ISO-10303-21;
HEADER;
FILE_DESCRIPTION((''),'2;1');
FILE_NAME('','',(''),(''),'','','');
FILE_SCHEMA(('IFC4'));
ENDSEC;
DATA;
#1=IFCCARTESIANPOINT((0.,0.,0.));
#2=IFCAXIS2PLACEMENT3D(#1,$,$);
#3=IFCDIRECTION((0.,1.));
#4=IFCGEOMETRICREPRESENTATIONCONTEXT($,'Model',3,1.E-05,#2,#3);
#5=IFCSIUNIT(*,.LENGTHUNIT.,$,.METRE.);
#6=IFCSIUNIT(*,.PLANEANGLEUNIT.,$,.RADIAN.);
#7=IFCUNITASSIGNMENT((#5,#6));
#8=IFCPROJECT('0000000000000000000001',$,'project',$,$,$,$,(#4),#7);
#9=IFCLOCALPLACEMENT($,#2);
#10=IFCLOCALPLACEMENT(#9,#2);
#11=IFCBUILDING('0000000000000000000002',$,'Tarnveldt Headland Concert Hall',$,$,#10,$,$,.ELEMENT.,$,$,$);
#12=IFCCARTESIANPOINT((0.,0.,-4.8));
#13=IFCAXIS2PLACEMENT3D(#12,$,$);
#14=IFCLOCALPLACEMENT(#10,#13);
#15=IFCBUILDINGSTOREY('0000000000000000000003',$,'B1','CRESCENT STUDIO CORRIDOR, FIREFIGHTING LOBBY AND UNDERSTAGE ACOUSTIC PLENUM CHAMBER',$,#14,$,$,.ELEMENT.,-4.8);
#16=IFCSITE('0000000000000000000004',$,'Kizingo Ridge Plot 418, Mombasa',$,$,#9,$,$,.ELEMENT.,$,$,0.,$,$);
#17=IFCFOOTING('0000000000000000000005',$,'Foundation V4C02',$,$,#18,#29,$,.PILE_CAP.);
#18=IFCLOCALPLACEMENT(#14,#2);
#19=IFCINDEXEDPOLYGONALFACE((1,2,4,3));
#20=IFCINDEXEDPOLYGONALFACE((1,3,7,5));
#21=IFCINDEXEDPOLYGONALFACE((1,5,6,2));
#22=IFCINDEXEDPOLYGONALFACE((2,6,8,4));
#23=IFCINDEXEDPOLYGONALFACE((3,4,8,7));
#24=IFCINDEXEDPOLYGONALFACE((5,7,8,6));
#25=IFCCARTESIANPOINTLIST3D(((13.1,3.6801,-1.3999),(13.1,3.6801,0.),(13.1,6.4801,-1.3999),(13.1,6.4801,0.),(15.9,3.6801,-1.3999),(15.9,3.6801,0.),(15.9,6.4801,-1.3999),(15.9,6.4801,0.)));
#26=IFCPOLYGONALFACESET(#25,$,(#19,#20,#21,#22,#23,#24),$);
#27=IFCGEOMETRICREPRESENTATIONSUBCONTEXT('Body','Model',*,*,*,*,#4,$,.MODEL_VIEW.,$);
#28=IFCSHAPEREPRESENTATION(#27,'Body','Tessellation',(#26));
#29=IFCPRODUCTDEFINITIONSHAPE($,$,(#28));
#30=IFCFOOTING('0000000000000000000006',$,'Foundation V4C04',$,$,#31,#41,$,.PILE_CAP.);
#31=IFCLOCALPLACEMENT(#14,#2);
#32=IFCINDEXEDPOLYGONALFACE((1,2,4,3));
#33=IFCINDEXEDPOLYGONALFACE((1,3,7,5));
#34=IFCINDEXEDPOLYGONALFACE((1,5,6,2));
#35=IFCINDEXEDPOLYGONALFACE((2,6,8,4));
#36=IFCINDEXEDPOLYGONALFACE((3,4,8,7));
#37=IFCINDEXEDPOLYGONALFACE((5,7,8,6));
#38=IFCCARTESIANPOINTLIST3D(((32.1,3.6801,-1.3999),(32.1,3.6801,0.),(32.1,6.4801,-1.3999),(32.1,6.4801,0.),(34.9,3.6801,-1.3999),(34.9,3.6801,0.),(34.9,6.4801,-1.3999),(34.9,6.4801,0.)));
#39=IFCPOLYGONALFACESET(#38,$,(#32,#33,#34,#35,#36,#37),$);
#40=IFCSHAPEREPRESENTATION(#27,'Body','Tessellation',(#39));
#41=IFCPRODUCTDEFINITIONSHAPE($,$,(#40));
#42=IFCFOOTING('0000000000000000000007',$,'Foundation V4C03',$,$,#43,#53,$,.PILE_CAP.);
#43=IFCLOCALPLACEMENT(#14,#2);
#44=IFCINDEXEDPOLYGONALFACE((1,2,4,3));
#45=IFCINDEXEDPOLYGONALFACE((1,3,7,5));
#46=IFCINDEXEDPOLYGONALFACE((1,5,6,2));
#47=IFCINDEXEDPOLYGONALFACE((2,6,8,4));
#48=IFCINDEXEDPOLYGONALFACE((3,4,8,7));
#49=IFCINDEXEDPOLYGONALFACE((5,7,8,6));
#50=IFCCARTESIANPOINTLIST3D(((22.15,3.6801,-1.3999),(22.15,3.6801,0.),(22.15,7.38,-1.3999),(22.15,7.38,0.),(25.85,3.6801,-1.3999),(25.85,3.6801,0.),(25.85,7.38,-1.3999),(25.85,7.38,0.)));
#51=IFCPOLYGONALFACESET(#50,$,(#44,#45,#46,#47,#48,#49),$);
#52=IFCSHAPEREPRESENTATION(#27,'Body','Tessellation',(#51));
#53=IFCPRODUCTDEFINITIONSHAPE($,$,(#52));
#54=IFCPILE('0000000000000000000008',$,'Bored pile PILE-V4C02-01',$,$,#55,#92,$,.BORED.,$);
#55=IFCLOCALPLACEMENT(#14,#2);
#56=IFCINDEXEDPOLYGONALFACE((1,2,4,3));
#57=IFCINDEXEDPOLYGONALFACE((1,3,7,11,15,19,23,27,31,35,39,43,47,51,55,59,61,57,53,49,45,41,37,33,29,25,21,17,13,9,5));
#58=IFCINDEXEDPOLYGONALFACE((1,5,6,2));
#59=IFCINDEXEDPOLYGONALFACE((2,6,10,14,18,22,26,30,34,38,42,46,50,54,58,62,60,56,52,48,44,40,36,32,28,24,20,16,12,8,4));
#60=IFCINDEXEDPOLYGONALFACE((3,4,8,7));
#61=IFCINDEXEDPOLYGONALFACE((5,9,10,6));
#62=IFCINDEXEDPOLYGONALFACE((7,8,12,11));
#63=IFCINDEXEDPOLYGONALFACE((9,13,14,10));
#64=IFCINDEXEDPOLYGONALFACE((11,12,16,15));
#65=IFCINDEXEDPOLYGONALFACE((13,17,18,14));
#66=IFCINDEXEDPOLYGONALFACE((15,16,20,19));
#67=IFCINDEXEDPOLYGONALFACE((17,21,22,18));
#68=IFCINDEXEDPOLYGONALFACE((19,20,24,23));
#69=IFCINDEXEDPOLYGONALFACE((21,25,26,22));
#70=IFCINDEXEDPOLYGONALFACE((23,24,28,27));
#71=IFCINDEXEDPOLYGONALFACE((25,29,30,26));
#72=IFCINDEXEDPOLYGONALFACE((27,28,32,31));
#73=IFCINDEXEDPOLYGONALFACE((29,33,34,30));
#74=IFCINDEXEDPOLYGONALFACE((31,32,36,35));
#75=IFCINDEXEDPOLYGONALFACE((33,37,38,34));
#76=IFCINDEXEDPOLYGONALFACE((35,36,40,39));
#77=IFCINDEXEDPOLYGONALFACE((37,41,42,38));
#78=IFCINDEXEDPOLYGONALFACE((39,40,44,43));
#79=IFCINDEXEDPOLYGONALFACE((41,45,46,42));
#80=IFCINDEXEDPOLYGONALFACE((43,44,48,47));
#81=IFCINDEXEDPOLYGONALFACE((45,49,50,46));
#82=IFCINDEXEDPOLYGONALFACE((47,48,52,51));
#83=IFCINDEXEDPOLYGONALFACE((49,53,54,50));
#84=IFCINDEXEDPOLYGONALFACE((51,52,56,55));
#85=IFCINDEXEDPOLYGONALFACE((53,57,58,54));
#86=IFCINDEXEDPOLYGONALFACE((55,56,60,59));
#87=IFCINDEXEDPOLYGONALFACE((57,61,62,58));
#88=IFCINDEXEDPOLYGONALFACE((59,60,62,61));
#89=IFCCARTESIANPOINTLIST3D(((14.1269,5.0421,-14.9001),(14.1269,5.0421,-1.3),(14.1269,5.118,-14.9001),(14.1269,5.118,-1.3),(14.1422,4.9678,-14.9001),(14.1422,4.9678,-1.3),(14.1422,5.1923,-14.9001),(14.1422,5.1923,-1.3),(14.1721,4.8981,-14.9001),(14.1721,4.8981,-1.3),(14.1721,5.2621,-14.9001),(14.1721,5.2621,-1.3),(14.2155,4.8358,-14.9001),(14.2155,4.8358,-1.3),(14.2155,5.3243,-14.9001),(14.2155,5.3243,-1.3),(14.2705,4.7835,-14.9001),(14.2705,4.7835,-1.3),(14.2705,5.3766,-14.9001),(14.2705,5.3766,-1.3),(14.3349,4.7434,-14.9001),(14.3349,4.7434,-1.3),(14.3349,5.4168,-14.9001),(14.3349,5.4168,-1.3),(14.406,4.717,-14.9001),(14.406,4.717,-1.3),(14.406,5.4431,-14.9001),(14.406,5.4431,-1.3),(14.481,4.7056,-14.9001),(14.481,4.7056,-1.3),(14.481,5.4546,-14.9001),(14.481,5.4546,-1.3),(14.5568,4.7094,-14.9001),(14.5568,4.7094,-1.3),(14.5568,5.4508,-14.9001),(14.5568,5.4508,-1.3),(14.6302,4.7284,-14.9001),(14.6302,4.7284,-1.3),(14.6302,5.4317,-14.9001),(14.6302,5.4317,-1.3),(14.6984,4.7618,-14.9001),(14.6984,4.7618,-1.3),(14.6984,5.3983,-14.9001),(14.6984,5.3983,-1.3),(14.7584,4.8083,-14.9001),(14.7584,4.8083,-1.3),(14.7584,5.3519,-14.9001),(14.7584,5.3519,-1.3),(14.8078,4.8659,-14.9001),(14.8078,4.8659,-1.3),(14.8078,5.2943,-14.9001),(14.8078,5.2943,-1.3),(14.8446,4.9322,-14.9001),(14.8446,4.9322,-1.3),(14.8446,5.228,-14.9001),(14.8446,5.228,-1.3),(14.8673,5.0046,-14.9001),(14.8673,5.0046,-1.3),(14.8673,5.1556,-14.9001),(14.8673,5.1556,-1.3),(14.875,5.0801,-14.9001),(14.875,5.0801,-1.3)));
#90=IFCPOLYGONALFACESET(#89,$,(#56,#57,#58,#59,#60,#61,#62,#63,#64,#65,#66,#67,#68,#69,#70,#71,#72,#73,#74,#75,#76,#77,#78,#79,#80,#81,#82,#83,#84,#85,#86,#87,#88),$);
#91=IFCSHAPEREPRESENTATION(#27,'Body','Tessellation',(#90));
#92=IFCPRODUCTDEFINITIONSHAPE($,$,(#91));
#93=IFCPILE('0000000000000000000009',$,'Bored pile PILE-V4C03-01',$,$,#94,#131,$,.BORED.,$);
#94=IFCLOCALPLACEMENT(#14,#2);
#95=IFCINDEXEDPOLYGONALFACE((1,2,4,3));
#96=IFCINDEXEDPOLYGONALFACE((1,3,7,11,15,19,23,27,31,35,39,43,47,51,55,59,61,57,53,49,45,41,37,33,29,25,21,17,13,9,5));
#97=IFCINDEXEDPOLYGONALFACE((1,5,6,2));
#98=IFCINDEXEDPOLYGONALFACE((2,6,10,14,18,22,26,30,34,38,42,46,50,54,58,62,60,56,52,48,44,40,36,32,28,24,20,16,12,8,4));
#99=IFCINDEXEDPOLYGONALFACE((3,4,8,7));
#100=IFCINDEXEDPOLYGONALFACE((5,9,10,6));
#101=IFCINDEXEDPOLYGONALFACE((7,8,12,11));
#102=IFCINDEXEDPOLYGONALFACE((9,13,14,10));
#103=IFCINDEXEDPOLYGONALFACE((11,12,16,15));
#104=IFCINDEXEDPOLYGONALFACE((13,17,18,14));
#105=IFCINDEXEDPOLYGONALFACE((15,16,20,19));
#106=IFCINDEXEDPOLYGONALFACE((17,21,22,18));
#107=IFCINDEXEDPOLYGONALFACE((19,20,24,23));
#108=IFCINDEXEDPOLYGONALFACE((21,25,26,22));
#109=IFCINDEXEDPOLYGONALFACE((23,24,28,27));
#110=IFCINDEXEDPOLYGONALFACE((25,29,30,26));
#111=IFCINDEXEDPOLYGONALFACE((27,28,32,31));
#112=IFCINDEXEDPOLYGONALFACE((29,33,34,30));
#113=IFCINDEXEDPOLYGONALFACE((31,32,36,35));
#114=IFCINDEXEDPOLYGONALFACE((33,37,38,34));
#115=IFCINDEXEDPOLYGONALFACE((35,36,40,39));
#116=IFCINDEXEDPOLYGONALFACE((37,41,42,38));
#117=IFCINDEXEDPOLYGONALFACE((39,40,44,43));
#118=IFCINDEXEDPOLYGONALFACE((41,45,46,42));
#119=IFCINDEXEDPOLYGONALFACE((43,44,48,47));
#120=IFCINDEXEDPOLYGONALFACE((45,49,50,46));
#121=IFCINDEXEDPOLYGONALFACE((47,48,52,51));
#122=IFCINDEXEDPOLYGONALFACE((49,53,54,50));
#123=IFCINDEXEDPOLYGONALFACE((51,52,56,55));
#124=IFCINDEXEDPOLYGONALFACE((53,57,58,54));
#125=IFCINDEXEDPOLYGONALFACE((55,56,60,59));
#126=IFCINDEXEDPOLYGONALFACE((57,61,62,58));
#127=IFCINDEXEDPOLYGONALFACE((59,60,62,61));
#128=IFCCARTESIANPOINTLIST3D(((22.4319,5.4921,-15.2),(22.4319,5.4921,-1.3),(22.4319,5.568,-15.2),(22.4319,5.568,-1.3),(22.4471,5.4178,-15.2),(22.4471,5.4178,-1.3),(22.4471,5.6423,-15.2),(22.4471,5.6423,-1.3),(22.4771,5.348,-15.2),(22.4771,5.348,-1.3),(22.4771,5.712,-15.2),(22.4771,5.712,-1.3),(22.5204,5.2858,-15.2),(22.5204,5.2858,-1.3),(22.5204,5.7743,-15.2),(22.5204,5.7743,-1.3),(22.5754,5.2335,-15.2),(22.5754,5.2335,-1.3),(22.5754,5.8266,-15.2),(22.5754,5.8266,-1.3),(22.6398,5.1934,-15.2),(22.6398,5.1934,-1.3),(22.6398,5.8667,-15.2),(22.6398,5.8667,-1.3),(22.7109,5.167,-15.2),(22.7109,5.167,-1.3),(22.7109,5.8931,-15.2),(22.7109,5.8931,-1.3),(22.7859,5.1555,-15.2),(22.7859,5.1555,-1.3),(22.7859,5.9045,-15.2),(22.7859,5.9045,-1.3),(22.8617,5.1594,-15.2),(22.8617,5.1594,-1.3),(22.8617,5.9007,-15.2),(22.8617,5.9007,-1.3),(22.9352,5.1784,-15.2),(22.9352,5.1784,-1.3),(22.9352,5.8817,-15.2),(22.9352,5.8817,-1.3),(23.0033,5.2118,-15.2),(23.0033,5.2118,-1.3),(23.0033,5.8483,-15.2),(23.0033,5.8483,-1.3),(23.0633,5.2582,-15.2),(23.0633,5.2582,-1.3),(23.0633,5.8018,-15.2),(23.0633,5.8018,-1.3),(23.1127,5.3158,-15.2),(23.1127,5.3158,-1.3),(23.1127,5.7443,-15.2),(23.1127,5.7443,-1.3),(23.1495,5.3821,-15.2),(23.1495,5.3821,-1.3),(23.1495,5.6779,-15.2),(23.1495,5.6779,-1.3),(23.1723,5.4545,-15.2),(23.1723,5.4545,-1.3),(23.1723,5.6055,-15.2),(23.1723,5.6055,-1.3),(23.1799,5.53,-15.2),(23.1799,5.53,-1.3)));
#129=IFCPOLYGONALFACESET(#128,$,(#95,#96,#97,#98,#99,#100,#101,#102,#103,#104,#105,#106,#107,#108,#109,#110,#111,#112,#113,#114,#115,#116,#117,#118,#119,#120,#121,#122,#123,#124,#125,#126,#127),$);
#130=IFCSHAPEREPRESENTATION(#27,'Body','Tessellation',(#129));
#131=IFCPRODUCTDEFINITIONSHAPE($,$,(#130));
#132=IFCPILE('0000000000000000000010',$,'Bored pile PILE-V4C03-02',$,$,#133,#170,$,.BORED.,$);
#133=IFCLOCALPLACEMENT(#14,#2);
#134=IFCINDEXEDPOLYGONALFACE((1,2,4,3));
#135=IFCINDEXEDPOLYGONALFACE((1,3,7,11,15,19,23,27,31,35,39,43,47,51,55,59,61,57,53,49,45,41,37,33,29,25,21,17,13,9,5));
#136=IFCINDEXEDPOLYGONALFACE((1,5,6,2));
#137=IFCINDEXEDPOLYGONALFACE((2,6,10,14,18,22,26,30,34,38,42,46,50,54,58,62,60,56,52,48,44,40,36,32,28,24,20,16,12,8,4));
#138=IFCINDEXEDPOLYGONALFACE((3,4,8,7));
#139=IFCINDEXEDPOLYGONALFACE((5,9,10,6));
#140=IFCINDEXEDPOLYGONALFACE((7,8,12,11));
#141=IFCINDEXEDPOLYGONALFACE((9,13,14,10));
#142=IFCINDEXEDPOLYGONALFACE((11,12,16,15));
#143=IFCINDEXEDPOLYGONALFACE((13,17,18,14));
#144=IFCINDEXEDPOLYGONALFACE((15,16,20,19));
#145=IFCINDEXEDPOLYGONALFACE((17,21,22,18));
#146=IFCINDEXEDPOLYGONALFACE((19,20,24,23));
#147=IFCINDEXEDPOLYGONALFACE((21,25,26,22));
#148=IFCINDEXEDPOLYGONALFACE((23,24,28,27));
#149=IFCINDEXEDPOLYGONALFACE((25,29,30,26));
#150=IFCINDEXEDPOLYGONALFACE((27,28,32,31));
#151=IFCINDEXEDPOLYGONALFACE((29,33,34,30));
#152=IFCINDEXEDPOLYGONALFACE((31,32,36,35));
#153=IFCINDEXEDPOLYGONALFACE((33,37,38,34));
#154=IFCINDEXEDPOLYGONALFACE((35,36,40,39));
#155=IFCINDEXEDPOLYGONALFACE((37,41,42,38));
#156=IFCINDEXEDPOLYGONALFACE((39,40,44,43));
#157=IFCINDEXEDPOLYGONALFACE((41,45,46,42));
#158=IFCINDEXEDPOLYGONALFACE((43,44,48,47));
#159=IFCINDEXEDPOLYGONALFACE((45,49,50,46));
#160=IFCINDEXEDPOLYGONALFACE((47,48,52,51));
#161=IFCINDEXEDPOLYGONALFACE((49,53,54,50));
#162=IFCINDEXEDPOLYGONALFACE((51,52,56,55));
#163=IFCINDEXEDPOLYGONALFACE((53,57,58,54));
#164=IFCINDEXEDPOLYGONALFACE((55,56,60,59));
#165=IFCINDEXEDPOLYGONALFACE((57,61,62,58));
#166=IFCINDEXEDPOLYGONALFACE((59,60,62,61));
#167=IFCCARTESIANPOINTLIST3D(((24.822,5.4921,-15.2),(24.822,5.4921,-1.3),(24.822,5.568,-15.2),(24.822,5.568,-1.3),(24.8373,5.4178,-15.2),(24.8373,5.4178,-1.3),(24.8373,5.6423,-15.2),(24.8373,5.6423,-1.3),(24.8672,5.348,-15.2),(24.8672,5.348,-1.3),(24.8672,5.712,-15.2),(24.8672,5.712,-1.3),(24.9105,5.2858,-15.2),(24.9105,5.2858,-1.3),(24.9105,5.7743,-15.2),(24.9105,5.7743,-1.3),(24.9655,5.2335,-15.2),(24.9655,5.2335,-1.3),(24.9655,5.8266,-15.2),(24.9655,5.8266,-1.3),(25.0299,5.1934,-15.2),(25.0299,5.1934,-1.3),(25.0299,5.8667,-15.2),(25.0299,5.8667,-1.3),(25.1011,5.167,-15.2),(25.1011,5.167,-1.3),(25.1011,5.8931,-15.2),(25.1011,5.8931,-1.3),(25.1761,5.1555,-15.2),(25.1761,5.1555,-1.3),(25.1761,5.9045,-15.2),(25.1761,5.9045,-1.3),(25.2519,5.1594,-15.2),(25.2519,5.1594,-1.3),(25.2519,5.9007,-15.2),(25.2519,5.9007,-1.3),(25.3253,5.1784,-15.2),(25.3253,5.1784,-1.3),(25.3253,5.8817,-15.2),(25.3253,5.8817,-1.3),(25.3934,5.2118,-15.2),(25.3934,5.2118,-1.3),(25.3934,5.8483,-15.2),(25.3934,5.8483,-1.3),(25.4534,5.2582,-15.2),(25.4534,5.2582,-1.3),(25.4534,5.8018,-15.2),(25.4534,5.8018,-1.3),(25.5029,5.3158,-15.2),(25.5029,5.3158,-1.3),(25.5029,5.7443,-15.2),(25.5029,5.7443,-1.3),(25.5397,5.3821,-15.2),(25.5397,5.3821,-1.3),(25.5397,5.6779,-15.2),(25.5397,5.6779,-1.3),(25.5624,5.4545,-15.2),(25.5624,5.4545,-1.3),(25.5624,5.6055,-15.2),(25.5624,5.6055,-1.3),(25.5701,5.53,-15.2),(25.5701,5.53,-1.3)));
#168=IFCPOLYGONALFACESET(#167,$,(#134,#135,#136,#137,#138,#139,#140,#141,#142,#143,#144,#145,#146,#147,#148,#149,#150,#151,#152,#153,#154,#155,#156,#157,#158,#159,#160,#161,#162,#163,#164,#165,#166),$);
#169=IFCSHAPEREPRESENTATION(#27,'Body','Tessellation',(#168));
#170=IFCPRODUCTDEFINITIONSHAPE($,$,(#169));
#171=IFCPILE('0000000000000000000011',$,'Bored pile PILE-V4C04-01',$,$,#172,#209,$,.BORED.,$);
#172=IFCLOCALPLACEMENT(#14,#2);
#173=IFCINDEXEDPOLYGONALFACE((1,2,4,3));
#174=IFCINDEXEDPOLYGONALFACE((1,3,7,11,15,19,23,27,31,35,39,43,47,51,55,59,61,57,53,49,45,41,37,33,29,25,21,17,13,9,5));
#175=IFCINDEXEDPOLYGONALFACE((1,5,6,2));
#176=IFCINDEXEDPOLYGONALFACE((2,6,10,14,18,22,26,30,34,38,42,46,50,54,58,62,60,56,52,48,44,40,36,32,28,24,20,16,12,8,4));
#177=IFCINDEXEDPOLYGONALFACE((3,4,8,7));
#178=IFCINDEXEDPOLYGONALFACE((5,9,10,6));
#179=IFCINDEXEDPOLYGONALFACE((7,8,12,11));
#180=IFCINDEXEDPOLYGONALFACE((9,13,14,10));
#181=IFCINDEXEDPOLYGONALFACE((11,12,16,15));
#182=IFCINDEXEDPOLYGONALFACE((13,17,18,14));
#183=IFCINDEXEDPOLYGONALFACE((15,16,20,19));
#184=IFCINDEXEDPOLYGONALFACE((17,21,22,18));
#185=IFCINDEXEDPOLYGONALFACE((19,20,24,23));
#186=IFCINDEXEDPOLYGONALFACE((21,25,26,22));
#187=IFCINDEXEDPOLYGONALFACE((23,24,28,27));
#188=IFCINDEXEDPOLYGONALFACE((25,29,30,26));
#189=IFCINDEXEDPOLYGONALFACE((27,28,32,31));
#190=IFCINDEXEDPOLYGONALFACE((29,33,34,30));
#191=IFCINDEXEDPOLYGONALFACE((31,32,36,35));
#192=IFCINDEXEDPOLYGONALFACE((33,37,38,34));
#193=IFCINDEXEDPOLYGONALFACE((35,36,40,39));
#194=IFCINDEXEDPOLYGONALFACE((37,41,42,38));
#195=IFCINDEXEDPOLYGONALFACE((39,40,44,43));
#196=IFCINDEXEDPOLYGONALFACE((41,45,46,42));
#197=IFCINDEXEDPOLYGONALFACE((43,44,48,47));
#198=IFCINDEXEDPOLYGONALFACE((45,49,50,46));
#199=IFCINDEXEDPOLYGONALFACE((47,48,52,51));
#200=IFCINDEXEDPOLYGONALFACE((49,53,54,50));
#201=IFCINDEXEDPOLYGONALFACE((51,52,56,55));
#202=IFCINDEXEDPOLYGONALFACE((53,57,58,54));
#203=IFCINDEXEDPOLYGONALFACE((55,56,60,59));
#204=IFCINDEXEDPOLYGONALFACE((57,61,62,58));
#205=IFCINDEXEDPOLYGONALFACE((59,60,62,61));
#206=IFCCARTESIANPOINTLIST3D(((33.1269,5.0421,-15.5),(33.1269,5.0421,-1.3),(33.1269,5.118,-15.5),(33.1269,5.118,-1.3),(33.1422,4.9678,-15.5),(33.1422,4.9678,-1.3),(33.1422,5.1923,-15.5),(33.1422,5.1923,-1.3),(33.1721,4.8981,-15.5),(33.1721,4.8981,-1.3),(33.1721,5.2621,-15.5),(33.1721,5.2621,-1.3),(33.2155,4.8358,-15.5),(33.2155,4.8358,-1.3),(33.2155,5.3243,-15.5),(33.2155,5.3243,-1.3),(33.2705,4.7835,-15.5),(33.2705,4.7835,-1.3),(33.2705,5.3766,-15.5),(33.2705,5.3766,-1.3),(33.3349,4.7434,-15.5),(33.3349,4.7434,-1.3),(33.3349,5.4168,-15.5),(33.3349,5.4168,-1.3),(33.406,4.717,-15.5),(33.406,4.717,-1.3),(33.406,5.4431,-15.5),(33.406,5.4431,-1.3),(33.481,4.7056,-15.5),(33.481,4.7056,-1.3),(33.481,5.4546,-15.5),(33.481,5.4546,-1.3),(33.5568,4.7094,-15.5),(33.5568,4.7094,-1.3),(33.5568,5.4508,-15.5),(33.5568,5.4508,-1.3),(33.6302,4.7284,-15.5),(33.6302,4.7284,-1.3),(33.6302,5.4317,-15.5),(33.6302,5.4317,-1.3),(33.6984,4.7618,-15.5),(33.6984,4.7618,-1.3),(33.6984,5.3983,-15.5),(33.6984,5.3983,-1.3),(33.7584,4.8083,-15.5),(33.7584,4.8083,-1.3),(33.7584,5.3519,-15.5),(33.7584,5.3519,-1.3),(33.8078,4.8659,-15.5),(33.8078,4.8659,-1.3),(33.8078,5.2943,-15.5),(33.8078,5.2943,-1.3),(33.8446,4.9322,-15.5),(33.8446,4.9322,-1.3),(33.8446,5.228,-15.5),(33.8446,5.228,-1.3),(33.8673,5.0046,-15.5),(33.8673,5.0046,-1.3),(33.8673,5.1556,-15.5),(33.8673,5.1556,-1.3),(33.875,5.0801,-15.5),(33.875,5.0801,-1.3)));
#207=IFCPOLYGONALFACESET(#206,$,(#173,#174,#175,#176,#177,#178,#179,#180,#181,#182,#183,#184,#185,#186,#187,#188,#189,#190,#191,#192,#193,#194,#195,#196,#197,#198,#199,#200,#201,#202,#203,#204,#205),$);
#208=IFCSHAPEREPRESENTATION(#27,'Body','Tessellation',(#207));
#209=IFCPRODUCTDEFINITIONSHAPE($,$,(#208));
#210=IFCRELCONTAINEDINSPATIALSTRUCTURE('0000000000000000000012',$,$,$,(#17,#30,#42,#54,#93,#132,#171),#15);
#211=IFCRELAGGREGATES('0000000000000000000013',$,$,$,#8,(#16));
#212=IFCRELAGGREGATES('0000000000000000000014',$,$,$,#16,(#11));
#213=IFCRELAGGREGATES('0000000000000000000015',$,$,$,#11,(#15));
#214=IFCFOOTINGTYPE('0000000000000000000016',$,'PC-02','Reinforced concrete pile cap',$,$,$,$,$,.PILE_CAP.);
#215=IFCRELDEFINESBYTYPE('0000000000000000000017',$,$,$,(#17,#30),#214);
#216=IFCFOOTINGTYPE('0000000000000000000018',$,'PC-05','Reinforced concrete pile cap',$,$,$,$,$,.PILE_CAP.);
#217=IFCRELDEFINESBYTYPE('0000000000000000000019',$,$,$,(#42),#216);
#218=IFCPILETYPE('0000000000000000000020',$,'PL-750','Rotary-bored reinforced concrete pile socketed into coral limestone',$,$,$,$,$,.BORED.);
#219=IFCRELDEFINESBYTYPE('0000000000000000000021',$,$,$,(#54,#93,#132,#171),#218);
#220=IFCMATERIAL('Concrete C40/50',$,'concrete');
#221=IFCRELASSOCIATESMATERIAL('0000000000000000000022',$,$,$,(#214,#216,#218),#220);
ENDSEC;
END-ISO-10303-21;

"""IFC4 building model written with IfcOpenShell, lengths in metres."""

from ifc_helpers import new_model, si_unit, direction, frame, origin, origin_2d, place, context, subcontext, project, spatial, rectangle, circle, extrude, material, material_profile, profile_set, type_object, element, save


model = new_model("IFC4")

# Units and contexts
model_context = context("Model", 3, precision=1e-05, world=origin(), true_north=direction((0.0, 1.0)))
body_context = subcontext(model_context, "Body", "Model", "MODEL_VIEW")
ifc_project = project(units=[si_unit("LENGTHUNIT", "METRE"), si_unit("PLANEANGLEUNIT", "RADIAN")], contexts=[model_context])

# Site, building, storey
site_placement = place(None, origin())
site = spatial("IfcSite", under=ifc_project, at=site_placement, Name="Kizingo Ridge Plot 418, Mombasa", CompositionType="ELEMENT", RefElevation=0.0)
building_placement = place(site_placement, origin())
building = spatial("IfcBuilding", under=site, at=building_placement, Name="Tarnveldt Headland Concert Hall", CompositionType="ELEMENT")
storey_placement = place(building_placement, frame((0.0, 0.0, -4.8)))
storey = spatial("IfcBuildingStorey", under=building, at=storey_placement, Name="B1", Description="CRESCENT STUDIO CORRIDOR, FIREFIGHTING LOBBY AND UNDERSTAGE ACOUSTIC PLENUM CHAMBER", CompositionType="ELEMENT", Elevation=-4.8)

# Footings
ifc_material_1 = material(Name="Concrete C40/50", Category="concrete")
footing_type_1 = type_object("IfcFootingType", Name="PC-02", Description="Reinforced concrete pile cap", PredefinedType="PILE_CAP", material=ifc_material_1)
for number, where, z_axis, x_axis, name in (
    (1, (14.5, 5.0801, -1.3999), (0.0, 0.0, 1.0), (1.0, 0.0, 0.0), "Foundation V4C02"),
    (2, (33.5, 5.0801, -1.3999), (0.0, 0.0, 1.0), (1.0, 0.0, 0.0), "Foundation V4C04"),
):
    element("IfcFooting", number, at=place(storey_placement, frame(where, z_axis=z_axis, x_axis=x_axis)), inside=storey, type_object=footing_type_1, Name=name, PredefinedType="PILE_CAP", context=body_context, shape_type="SweptSolid", body=[
        extrude(rectangle(XDim=2.8, YDim=2.8, at=origin_2d()), origin(), (0.0, 0.0, 1.0), 1.3999),
    ])
footing_type_2 = type_object("IfcFootingType", Name="PC-05", Description="Reinforced concrete pile cap", PredefinedType="PILE_CAP", material=ifc_material_1)
footing_placement = place(storey_placement, frame((24.0, 5.53, -1.3999), z_axis=(0.0, 0.0, 1.0), x_axis=(1.0, 0.0, 0.0)))
element("IfcFooting", 3, at=footing_placement, inside=storey, type_object=footing_type_2, Name="Foundation V4C03", PredefinedType="PILE_CAP", context=body_context, shape_type="SweptSolid", body=[
    extrude(rectangle(XDim=3.7, YDim=3.7, at=origin_2d()), origin(), (0.0, 0.0, 1.0), 1.3999),
])

# Piles
ifc_material_profile_1 = material_profile(ifc_material_1, circle(Radius=0.375, at=origin_2d()), Name="BORED PILE D750", Category="concrete")
ifc_profile_set_1 = profile_set([ifc_material_profile_1], Name="Concrete C40/50")
pile_type = type_object("IfcPileType", Name="PL-750", Description="Rotary-bored reinforced concrete pile socketed into coral limestone", PredefinedType="BORED", material=ifc_profile_set_1)
pile_1_placement = place(storey_placement, frame((14.5, 5.0801, -1.3), z_axis=(0.0, 0.0, -1.0), x_axis=(1.0, 0.0, 0.0)))
element("IfcPile", 4, at=pile_1_placement, inside=storey, type_object=pile_type, Name="Bored pile PILE-V4C02-01", PredefinedType="BORED", context=body_context, shape_type="SweptSolid", body=[
    extrude(circle(Radius=0.375, at=origin_2d()), origin(), (0.0, 0.0, 1.0), 13.6001),
])
for number, where, z_axis, x_axis, name in (
    (5, (22.8049, 5.53, -1.3), (0.0, 0.0, -1.0), (1.0, 0.0, 0.0), "Bored pile PILE-V4C03-01"),
    (6, (25.1951, 5.53, -1.3), (0.0, 0.0, -1.0), (1.0, 0.0, 0.0), "Bored pile PILE-V4C03-02"),
):
    element("IfcPile", number, at=place(storey_placement, frame(where, z_axis=z_axis, x_axis=x_axis)), inside=storey, type_object=pile_type, Name=name, PredefinedType="BORED", context=body_context, shape_type="SweptSolid", body=[
        extrude(circle(Radius=0.375, at=origin_2d()), origin(), (0.0, 0.0, 1.0), 13.8999),
    ])
pile_2_placement = place(storey_placement, frame((33.5, 5.0801, -1.3), z_axis=(0.0, 0.0, -1.0), x_axis=(1.0, 0.0, 0.0)))
element("IfcPile", 7, at=pile_2_placement, inside=storey, type_object=pile_type, Name="Bored pile PILE-V4C04-01", PredefinedType="BORED", context=body_context, shape_type="SweptSolid", body=[
    extrude(circle(Radius=0.375, at=origin_2d()), origin(), (0.0, 0.0, 1.0), 14.2),
])

save(model, "model.ifc")
